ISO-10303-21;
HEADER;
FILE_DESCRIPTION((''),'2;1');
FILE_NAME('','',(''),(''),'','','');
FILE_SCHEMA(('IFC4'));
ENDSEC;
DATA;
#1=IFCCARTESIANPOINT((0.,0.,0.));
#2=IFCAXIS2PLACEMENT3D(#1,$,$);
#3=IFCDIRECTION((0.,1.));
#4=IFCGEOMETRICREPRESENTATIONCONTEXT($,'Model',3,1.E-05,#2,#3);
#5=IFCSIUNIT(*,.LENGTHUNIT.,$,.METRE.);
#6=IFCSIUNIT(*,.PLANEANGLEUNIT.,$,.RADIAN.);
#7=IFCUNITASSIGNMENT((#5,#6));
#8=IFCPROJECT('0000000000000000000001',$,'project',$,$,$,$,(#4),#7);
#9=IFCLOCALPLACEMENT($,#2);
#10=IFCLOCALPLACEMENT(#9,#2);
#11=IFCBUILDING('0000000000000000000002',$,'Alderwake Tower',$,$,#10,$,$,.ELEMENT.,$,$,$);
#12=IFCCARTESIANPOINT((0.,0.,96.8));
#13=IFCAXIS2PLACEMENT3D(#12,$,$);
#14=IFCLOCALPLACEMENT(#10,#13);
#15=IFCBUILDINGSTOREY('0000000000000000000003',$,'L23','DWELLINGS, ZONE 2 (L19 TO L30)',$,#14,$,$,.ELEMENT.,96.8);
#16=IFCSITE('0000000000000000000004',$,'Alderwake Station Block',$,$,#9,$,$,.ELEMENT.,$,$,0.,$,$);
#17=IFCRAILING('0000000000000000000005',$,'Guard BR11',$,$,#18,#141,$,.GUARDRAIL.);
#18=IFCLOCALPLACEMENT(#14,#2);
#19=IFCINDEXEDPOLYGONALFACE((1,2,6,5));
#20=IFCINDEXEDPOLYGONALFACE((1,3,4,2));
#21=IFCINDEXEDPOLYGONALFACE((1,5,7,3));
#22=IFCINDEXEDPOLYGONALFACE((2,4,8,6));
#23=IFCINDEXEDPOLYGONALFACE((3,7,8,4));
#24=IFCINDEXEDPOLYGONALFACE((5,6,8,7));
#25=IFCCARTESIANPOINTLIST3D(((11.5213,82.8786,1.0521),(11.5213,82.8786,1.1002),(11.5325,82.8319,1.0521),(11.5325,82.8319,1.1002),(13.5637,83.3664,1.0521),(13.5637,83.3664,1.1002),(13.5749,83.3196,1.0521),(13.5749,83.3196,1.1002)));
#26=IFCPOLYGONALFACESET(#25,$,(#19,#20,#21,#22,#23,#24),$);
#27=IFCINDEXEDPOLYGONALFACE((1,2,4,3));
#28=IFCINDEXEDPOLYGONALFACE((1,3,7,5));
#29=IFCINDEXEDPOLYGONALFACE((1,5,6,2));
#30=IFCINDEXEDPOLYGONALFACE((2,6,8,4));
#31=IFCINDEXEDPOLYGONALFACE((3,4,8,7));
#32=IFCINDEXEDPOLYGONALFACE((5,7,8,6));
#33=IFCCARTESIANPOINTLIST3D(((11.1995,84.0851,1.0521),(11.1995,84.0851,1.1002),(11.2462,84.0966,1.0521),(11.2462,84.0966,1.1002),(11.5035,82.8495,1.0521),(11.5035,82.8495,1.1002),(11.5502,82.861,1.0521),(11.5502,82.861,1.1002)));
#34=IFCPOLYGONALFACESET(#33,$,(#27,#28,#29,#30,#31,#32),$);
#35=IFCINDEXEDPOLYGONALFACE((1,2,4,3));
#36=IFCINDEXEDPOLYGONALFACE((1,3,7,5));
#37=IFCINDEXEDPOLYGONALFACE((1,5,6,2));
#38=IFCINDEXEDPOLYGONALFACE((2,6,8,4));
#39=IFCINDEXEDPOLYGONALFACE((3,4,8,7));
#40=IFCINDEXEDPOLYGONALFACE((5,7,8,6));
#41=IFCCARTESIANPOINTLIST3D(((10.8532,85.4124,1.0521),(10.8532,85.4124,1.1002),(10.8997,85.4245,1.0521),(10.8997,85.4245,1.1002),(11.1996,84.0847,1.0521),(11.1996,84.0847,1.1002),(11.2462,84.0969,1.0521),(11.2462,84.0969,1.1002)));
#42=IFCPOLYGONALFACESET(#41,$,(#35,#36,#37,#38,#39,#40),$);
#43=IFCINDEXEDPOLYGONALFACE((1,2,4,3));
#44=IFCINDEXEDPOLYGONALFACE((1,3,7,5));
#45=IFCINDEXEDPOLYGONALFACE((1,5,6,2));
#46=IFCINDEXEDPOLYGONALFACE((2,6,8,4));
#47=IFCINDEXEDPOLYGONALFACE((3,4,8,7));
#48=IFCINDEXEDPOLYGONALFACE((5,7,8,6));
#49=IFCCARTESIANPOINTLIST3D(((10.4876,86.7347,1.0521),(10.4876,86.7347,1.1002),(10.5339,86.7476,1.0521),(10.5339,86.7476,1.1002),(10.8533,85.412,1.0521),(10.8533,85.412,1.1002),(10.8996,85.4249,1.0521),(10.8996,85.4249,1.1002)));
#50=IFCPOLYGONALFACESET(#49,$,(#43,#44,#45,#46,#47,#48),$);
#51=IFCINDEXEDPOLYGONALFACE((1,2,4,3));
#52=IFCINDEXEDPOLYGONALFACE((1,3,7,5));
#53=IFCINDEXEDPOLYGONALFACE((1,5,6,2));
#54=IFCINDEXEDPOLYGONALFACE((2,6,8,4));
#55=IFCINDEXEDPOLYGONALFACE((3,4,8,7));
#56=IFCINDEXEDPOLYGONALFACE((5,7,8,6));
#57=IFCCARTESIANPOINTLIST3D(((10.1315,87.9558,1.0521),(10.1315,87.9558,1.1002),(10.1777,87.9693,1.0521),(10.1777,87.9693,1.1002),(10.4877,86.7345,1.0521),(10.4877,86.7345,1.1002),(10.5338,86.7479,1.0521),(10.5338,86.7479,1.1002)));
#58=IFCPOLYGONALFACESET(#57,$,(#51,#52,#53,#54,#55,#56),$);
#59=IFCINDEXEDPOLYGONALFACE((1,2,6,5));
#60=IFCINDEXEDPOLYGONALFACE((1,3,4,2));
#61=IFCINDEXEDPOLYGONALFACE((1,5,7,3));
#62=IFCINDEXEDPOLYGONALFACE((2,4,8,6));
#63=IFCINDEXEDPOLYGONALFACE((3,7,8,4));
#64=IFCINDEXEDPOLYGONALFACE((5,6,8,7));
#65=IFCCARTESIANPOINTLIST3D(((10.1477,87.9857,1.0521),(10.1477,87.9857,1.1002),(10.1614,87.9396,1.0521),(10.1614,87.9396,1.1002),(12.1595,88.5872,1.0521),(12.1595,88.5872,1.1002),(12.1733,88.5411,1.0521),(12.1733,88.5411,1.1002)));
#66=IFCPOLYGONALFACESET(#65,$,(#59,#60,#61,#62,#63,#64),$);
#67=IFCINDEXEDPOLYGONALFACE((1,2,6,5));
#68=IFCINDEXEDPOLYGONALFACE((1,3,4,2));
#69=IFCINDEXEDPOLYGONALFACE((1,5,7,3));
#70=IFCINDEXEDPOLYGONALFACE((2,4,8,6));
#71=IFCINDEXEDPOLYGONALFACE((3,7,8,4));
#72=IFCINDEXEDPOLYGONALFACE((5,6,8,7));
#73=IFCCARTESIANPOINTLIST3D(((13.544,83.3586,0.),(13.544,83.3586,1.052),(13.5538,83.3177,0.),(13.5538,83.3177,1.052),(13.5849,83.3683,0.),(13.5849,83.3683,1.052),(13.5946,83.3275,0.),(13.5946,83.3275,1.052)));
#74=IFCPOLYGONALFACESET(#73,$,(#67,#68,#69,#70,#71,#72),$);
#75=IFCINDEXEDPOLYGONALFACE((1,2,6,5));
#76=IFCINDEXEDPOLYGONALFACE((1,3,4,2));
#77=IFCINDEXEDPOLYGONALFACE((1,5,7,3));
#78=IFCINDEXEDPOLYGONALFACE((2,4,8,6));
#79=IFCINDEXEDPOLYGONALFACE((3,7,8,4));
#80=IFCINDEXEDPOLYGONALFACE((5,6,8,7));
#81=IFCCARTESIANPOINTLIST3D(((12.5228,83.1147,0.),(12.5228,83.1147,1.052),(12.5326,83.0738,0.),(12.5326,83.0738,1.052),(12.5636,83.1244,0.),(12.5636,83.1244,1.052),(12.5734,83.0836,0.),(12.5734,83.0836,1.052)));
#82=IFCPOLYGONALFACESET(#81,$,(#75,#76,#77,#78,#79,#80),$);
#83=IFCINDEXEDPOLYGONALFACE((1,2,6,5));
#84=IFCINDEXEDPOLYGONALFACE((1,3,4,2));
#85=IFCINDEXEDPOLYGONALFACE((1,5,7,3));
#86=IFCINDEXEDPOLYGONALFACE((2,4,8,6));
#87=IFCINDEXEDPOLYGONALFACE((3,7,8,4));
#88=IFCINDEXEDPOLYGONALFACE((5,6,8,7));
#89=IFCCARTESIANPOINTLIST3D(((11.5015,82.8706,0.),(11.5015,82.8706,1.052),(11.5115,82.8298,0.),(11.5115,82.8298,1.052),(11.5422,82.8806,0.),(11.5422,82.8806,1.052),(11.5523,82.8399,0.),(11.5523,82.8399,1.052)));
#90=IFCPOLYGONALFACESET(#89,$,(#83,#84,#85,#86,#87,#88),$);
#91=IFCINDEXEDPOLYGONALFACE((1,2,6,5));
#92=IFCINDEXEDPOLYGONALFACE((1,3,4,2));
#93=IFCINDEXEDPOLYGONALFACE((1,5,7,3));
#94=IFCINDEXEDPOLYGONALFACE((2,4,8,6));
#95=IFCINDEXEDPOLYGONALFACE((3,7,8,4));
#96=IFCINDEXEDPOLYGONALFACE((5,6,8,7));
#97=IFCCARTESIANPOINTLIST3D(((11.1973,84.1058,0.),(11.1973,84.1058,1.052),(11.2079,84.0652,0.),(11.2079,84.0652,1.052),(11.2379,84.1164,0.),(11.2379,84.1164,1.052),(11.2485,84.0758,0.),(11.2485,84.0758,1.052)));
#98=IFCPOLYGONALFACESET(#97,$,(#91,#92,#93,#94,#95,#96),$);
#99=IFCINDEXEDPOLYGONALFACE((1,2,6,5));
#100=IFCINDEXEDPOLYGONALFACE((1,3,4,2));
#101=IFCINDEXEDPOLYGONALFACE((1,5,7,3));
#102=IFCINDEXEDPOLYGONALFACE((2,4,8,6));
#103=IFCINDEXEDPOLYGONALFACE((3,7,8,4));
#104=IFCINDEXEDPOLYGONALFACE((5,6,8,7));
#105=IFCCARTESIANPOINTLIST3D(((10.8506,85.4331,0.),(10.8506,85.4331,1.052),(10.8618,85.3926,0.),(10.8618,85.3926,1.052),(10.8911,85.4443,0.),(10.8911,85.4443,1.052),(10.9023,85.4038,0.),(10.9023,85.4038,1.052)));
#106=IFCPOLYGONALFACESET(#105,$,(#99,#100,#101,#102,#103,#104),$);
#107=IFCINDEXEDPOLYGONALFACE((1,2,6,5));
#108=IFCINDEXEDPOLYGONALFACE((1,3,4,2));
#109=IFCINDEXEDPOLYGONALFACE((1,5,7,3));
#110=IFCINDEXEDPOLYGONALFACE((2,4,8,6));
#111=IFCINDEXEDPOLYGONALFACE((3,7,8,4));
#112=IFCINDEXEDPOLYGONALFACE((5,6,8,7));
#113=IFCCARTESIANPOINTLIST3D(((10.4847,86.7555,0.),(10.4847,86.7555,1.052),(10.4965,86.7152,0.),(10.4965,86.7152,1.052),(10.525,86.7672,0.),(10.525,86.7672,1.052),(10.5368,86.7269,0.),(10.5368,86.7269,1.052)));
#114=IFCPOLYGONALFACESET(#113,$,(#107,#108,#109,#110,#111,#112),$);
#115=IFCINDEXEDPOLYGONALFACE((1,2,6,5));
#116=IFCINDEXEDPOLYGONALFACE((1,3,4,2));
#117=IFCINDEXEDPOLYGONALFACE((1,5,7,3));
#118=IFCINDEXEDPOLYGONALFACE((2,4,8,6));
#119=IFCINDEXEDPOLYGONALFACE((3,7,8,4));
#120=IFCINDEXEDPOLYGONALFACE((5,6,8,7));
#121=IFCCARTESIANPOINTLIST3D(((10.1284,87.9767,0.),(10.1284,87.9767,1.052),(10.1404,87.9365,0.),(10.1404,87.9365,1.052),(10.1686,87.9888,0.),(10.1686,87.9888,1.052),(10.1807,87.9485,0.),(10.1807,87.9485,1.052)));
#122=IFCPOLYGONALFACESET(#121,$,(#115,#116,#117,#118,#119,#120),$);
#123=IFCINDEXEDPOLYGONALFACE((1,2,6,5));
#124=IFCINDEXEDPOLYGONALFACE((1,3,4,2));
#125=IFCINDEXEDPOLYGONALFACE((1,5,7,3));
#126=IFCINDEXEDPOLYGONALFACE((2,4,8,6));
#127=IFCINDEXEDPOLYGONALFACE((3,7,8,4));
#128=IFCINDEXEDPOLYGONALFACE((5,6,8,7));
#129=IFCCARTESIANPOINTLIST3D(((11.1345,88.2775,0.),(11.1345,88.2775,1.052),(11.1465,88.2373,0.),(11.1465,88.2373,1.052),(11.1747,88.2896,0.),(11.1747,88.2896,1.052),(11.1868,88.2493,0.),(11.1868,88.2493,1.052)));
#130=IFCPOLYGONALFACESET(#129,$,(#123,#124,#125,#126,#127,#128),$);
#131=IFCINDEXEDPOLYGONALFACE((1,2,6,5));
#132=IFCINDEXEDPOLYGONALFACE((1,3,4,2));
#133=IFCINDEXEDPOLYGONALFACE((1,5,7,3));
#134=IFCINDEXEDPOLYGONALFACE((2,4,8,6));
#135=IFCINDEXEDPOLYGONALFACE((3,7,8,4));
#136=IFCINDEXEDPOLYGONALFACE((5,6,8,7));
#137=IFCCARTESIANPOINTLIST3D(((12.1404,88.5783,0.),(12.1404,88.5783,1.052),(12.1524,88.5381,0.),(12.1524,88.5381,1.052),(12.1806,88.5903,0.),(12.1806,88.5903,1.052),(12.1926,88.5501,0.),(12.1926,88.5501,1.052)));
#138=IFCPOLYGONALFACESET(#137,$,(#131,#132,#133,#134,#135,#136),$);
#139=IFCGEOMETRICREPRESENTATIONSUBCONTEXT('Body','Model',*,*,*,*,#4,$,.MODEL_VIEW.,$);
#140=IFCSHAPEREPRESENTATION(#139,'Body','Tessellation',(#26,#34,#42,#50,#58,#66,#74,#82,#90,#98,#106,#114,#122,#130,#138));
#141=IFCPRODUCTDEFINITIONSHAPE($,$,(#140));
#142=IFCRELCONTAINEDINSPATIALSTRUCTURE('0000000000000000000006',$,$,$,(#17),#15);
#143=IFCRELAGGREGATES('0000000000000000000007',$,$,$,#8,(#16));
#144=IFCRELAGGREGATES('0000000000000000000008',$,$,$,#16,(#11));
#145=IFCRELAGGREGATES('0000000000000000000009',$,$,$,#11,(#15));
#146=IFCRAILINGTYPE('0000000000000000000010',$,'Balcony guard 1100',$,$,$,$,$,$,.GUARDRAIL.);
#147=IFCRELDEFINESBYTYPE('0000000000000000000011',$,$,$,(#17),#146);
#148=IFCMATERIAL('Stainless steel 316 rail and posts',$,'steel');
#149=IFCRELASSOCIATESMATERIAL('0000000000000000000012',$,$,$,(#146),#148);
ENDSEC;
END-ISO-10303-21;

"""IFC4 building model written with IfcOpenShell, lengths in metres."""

from ifc_helpers import new_model, si_unit, direction, frame, origin, origin_2d, place, context, subcontext, project, spatial, rectangle, extrude, material, type_object, element, save


model = new_model("IFC4")

# Units and contexts
model_context = context("Model", 3, precision=1e-05, world=origin(), true_north=direction((0.0, 1.0)))
body_context = subcontext(model_context, "Body", "Model", "MODEL_VIEW")
ifc_project = project(units=[si_unit("LENGTHUNIT", "METRE"), si_unit("PLANEANGLEUNIT", "RADIAN")], contexts=[model_context])

# Site, building, storey
site_placement = place(None, origin())
site = spatial("IfcSite", under=ifc_project, at=site_placement, Name="Alderwake Station Block", CompositionType="ELEMENT", RefElevation=0.0)
building_placement = place(site_placement, origin())
building = spatial("IfcBuilding", under=site, at=building_placement, Name="Alderwake Tower", CompositionType="ELEMENT")
storey_placement = place(building_placement, frame((0.0, 0.0, 96.8)))
storey = spatial("IfcBuildingStorey", under=building, at=storey_placement, Name="L23", Description="DWELLINGS, ZONE 2 (L19 TO L30)", CompositionType="ELEMENT", Elevation=96.8)

# Railing
ifc_material_1 = material(Name="Stainless steel 316 rail and posts", Category="steel")
railing_type = type_object("IfcRailingType", Name="Balcony guard 1100", PredefinedType="GUARDRAIL", material=ifc_material_1)
railing_1_placement = place(storey_placement, frame((13.5693, 83.343, 0.0)))
element("IfcRailing", 1, at=railing_1_placement, inside=storey, type_object=railing_type, Name="Guard BR11", PredefinedType="GUARDRAIL", context=body_context, shape_type="SweptSolid", body=[
    extrude(rectangle(XDim=0.0481, YDim=0.0481, at=origin_2d()), frame((0.0, 0.0, 1.0762), z_axis=(-0.972646, -0.232291, 0.0), x_axis=(0.232291, -0.972646, 0.0)), (0.0, 0.0, 1.0), 2.0999),
    extrude(rectangle(XDim=0.0481, YDim=0.0481, at=origin_2d()), frame((-2.0425, -0.4878, 1.0762), z_axis=(-0.238877, 0.97105, 0.0), x_axis=(-0.97105, -0.238877, 0.0)), (0.0, 0.0, 1.0), 1.2725),
    extrude(rectangle(XDim=0.0481, YDim=0.0481, at=origin_2d()), frame((-2.3464, 0.7478, 1.0762), z_axis=(-0.252487, 0.9676, 0.0), x_axis=(-0.9676, -0.252487, 0.0)), (0.0, 0.0, 1.0), 1.3721),
    extrude(rectangle(XDim=0.0481, YDim=0.0481, at=origin_2d()), frame((-2.6929, 2.0754, 1.0762), z_axis=(-0.266488, 0.963838, 0.0), x_axis=(-0.963838, -0.266488, 0.0)), (0.0, 0.0, 1.0), 1.3723),
    extrude(rectangle(XDim=0.0481, YDim=0.0481, at=origin_2d()), frame((-3.0586, 3.3982, 1.0762), z_axis=(-0.279963, 0.960011, 0.0), x_axis=(-0.960011, -0.279963, 0.0)), (0.0, 0.0, 1.0), 1.2722),
    extrude(rectangle(XDim=0.0481, YDim=0.0481, at=origin_2d()), frame((-3.4148, 4.6196, 1.0762), z_axis=(0.958091, 0.286462, 0.0), x_axis=(-0.286462, 0.958091, 0.0)), (0.0, 0.0, 1.0), 2.0999),
    extrude(rectangle(XDim=0.042, YDim=0.042, at=origin_2d()), frame((0.0, 0.0, 0.0), z_axis=(0.0, 0.0, 1.0), x_axis=(-0.972646, -0.232291, 0.0)), (0.0, 0.0, 1.0), 1.052),
    extrude(rectangle(XDim=0.042, YDim=0.042, at=origin_2d()), frame((-1.0212, -0.2439, 0.0), z_axis=(0.0, 0.0, 1.0), x_axis=(-0.972646, -0.232291, 0.0)), (0.0, 0.0, 1.0), 1.052),
    extrude(rectangle(XDim=0.042, YDim=0.042, at=origin_2d()), frame((-2.0425, -0.4878, 0.0), z_axis=(0.0, 0.0, 1.0), x_axis=(-0.238877, 0.97105, 0.0)), (0.0, 0.0, 1.0), 1.052),
    extrude(rectangle(XDim=0.042, YDim=0.042, at=origin_2d()), frame((-2.3464, 0.7478, 0.0), z_axis=(0.0, 0.0, 1.0), x_axis=(-0.252487, 0.9676, 0.0)), (0.0, 0.0, 1.0), 1.052),
    extrude(rectangle(XDim=0.042, YDim=0.042, at=origin_2d()), frame((-2.6929, 2.0754, 0.0), z_axis=(0.0, 0.0, 1.0), x_axis=(-0.266488, 0.963838, 0.0)), (0.0, 0.0, 1.0), 1.052),
    extrude(rectangle(XDim=0.042, YDim=0.042, at=origin_2d()), frame((-3.0586, 3.3982, 0.0), z_axis=(0.0, 0.0, 1.0), x_axis=(-0.279963, 0.960011, 0.0)), (0.0, 0.0, 1.0), 1.052),
    extrude(rectangle(XDim=0.042, YDim=0.042, at=origin_2d()), frame((-3.4148, 4.6196, 0.0), z_axis=(0.0, 0.0, 1.0), x_axis=(0.958091, 0.286462, 0.0)), (0.0, 0.0, 1.0), 1.052),
    extrude(rectangle(XDim=0.042, YDim=0.042, at=origin_2d()), frame((-2.4087, 4.9204, 0.0), z_axis=(0.0, 0.0, 1.0), x_axis=(0.958091, 0.286462, 0.0)), (0.0, 0.0, 1.0), 1.052),
    extrude(rectangle(XDim=0.042, YDim=0.042, at=origin_2d()), frame((-1.4028, 5.2212, 0.0), z_axis=(0.0, 0.0, 1.0), x_axis=(0.958091, 0.286462, 0.0)), (0.0, 0.0, 1.0), 1.052),
])

save(model, "model.ifc")
